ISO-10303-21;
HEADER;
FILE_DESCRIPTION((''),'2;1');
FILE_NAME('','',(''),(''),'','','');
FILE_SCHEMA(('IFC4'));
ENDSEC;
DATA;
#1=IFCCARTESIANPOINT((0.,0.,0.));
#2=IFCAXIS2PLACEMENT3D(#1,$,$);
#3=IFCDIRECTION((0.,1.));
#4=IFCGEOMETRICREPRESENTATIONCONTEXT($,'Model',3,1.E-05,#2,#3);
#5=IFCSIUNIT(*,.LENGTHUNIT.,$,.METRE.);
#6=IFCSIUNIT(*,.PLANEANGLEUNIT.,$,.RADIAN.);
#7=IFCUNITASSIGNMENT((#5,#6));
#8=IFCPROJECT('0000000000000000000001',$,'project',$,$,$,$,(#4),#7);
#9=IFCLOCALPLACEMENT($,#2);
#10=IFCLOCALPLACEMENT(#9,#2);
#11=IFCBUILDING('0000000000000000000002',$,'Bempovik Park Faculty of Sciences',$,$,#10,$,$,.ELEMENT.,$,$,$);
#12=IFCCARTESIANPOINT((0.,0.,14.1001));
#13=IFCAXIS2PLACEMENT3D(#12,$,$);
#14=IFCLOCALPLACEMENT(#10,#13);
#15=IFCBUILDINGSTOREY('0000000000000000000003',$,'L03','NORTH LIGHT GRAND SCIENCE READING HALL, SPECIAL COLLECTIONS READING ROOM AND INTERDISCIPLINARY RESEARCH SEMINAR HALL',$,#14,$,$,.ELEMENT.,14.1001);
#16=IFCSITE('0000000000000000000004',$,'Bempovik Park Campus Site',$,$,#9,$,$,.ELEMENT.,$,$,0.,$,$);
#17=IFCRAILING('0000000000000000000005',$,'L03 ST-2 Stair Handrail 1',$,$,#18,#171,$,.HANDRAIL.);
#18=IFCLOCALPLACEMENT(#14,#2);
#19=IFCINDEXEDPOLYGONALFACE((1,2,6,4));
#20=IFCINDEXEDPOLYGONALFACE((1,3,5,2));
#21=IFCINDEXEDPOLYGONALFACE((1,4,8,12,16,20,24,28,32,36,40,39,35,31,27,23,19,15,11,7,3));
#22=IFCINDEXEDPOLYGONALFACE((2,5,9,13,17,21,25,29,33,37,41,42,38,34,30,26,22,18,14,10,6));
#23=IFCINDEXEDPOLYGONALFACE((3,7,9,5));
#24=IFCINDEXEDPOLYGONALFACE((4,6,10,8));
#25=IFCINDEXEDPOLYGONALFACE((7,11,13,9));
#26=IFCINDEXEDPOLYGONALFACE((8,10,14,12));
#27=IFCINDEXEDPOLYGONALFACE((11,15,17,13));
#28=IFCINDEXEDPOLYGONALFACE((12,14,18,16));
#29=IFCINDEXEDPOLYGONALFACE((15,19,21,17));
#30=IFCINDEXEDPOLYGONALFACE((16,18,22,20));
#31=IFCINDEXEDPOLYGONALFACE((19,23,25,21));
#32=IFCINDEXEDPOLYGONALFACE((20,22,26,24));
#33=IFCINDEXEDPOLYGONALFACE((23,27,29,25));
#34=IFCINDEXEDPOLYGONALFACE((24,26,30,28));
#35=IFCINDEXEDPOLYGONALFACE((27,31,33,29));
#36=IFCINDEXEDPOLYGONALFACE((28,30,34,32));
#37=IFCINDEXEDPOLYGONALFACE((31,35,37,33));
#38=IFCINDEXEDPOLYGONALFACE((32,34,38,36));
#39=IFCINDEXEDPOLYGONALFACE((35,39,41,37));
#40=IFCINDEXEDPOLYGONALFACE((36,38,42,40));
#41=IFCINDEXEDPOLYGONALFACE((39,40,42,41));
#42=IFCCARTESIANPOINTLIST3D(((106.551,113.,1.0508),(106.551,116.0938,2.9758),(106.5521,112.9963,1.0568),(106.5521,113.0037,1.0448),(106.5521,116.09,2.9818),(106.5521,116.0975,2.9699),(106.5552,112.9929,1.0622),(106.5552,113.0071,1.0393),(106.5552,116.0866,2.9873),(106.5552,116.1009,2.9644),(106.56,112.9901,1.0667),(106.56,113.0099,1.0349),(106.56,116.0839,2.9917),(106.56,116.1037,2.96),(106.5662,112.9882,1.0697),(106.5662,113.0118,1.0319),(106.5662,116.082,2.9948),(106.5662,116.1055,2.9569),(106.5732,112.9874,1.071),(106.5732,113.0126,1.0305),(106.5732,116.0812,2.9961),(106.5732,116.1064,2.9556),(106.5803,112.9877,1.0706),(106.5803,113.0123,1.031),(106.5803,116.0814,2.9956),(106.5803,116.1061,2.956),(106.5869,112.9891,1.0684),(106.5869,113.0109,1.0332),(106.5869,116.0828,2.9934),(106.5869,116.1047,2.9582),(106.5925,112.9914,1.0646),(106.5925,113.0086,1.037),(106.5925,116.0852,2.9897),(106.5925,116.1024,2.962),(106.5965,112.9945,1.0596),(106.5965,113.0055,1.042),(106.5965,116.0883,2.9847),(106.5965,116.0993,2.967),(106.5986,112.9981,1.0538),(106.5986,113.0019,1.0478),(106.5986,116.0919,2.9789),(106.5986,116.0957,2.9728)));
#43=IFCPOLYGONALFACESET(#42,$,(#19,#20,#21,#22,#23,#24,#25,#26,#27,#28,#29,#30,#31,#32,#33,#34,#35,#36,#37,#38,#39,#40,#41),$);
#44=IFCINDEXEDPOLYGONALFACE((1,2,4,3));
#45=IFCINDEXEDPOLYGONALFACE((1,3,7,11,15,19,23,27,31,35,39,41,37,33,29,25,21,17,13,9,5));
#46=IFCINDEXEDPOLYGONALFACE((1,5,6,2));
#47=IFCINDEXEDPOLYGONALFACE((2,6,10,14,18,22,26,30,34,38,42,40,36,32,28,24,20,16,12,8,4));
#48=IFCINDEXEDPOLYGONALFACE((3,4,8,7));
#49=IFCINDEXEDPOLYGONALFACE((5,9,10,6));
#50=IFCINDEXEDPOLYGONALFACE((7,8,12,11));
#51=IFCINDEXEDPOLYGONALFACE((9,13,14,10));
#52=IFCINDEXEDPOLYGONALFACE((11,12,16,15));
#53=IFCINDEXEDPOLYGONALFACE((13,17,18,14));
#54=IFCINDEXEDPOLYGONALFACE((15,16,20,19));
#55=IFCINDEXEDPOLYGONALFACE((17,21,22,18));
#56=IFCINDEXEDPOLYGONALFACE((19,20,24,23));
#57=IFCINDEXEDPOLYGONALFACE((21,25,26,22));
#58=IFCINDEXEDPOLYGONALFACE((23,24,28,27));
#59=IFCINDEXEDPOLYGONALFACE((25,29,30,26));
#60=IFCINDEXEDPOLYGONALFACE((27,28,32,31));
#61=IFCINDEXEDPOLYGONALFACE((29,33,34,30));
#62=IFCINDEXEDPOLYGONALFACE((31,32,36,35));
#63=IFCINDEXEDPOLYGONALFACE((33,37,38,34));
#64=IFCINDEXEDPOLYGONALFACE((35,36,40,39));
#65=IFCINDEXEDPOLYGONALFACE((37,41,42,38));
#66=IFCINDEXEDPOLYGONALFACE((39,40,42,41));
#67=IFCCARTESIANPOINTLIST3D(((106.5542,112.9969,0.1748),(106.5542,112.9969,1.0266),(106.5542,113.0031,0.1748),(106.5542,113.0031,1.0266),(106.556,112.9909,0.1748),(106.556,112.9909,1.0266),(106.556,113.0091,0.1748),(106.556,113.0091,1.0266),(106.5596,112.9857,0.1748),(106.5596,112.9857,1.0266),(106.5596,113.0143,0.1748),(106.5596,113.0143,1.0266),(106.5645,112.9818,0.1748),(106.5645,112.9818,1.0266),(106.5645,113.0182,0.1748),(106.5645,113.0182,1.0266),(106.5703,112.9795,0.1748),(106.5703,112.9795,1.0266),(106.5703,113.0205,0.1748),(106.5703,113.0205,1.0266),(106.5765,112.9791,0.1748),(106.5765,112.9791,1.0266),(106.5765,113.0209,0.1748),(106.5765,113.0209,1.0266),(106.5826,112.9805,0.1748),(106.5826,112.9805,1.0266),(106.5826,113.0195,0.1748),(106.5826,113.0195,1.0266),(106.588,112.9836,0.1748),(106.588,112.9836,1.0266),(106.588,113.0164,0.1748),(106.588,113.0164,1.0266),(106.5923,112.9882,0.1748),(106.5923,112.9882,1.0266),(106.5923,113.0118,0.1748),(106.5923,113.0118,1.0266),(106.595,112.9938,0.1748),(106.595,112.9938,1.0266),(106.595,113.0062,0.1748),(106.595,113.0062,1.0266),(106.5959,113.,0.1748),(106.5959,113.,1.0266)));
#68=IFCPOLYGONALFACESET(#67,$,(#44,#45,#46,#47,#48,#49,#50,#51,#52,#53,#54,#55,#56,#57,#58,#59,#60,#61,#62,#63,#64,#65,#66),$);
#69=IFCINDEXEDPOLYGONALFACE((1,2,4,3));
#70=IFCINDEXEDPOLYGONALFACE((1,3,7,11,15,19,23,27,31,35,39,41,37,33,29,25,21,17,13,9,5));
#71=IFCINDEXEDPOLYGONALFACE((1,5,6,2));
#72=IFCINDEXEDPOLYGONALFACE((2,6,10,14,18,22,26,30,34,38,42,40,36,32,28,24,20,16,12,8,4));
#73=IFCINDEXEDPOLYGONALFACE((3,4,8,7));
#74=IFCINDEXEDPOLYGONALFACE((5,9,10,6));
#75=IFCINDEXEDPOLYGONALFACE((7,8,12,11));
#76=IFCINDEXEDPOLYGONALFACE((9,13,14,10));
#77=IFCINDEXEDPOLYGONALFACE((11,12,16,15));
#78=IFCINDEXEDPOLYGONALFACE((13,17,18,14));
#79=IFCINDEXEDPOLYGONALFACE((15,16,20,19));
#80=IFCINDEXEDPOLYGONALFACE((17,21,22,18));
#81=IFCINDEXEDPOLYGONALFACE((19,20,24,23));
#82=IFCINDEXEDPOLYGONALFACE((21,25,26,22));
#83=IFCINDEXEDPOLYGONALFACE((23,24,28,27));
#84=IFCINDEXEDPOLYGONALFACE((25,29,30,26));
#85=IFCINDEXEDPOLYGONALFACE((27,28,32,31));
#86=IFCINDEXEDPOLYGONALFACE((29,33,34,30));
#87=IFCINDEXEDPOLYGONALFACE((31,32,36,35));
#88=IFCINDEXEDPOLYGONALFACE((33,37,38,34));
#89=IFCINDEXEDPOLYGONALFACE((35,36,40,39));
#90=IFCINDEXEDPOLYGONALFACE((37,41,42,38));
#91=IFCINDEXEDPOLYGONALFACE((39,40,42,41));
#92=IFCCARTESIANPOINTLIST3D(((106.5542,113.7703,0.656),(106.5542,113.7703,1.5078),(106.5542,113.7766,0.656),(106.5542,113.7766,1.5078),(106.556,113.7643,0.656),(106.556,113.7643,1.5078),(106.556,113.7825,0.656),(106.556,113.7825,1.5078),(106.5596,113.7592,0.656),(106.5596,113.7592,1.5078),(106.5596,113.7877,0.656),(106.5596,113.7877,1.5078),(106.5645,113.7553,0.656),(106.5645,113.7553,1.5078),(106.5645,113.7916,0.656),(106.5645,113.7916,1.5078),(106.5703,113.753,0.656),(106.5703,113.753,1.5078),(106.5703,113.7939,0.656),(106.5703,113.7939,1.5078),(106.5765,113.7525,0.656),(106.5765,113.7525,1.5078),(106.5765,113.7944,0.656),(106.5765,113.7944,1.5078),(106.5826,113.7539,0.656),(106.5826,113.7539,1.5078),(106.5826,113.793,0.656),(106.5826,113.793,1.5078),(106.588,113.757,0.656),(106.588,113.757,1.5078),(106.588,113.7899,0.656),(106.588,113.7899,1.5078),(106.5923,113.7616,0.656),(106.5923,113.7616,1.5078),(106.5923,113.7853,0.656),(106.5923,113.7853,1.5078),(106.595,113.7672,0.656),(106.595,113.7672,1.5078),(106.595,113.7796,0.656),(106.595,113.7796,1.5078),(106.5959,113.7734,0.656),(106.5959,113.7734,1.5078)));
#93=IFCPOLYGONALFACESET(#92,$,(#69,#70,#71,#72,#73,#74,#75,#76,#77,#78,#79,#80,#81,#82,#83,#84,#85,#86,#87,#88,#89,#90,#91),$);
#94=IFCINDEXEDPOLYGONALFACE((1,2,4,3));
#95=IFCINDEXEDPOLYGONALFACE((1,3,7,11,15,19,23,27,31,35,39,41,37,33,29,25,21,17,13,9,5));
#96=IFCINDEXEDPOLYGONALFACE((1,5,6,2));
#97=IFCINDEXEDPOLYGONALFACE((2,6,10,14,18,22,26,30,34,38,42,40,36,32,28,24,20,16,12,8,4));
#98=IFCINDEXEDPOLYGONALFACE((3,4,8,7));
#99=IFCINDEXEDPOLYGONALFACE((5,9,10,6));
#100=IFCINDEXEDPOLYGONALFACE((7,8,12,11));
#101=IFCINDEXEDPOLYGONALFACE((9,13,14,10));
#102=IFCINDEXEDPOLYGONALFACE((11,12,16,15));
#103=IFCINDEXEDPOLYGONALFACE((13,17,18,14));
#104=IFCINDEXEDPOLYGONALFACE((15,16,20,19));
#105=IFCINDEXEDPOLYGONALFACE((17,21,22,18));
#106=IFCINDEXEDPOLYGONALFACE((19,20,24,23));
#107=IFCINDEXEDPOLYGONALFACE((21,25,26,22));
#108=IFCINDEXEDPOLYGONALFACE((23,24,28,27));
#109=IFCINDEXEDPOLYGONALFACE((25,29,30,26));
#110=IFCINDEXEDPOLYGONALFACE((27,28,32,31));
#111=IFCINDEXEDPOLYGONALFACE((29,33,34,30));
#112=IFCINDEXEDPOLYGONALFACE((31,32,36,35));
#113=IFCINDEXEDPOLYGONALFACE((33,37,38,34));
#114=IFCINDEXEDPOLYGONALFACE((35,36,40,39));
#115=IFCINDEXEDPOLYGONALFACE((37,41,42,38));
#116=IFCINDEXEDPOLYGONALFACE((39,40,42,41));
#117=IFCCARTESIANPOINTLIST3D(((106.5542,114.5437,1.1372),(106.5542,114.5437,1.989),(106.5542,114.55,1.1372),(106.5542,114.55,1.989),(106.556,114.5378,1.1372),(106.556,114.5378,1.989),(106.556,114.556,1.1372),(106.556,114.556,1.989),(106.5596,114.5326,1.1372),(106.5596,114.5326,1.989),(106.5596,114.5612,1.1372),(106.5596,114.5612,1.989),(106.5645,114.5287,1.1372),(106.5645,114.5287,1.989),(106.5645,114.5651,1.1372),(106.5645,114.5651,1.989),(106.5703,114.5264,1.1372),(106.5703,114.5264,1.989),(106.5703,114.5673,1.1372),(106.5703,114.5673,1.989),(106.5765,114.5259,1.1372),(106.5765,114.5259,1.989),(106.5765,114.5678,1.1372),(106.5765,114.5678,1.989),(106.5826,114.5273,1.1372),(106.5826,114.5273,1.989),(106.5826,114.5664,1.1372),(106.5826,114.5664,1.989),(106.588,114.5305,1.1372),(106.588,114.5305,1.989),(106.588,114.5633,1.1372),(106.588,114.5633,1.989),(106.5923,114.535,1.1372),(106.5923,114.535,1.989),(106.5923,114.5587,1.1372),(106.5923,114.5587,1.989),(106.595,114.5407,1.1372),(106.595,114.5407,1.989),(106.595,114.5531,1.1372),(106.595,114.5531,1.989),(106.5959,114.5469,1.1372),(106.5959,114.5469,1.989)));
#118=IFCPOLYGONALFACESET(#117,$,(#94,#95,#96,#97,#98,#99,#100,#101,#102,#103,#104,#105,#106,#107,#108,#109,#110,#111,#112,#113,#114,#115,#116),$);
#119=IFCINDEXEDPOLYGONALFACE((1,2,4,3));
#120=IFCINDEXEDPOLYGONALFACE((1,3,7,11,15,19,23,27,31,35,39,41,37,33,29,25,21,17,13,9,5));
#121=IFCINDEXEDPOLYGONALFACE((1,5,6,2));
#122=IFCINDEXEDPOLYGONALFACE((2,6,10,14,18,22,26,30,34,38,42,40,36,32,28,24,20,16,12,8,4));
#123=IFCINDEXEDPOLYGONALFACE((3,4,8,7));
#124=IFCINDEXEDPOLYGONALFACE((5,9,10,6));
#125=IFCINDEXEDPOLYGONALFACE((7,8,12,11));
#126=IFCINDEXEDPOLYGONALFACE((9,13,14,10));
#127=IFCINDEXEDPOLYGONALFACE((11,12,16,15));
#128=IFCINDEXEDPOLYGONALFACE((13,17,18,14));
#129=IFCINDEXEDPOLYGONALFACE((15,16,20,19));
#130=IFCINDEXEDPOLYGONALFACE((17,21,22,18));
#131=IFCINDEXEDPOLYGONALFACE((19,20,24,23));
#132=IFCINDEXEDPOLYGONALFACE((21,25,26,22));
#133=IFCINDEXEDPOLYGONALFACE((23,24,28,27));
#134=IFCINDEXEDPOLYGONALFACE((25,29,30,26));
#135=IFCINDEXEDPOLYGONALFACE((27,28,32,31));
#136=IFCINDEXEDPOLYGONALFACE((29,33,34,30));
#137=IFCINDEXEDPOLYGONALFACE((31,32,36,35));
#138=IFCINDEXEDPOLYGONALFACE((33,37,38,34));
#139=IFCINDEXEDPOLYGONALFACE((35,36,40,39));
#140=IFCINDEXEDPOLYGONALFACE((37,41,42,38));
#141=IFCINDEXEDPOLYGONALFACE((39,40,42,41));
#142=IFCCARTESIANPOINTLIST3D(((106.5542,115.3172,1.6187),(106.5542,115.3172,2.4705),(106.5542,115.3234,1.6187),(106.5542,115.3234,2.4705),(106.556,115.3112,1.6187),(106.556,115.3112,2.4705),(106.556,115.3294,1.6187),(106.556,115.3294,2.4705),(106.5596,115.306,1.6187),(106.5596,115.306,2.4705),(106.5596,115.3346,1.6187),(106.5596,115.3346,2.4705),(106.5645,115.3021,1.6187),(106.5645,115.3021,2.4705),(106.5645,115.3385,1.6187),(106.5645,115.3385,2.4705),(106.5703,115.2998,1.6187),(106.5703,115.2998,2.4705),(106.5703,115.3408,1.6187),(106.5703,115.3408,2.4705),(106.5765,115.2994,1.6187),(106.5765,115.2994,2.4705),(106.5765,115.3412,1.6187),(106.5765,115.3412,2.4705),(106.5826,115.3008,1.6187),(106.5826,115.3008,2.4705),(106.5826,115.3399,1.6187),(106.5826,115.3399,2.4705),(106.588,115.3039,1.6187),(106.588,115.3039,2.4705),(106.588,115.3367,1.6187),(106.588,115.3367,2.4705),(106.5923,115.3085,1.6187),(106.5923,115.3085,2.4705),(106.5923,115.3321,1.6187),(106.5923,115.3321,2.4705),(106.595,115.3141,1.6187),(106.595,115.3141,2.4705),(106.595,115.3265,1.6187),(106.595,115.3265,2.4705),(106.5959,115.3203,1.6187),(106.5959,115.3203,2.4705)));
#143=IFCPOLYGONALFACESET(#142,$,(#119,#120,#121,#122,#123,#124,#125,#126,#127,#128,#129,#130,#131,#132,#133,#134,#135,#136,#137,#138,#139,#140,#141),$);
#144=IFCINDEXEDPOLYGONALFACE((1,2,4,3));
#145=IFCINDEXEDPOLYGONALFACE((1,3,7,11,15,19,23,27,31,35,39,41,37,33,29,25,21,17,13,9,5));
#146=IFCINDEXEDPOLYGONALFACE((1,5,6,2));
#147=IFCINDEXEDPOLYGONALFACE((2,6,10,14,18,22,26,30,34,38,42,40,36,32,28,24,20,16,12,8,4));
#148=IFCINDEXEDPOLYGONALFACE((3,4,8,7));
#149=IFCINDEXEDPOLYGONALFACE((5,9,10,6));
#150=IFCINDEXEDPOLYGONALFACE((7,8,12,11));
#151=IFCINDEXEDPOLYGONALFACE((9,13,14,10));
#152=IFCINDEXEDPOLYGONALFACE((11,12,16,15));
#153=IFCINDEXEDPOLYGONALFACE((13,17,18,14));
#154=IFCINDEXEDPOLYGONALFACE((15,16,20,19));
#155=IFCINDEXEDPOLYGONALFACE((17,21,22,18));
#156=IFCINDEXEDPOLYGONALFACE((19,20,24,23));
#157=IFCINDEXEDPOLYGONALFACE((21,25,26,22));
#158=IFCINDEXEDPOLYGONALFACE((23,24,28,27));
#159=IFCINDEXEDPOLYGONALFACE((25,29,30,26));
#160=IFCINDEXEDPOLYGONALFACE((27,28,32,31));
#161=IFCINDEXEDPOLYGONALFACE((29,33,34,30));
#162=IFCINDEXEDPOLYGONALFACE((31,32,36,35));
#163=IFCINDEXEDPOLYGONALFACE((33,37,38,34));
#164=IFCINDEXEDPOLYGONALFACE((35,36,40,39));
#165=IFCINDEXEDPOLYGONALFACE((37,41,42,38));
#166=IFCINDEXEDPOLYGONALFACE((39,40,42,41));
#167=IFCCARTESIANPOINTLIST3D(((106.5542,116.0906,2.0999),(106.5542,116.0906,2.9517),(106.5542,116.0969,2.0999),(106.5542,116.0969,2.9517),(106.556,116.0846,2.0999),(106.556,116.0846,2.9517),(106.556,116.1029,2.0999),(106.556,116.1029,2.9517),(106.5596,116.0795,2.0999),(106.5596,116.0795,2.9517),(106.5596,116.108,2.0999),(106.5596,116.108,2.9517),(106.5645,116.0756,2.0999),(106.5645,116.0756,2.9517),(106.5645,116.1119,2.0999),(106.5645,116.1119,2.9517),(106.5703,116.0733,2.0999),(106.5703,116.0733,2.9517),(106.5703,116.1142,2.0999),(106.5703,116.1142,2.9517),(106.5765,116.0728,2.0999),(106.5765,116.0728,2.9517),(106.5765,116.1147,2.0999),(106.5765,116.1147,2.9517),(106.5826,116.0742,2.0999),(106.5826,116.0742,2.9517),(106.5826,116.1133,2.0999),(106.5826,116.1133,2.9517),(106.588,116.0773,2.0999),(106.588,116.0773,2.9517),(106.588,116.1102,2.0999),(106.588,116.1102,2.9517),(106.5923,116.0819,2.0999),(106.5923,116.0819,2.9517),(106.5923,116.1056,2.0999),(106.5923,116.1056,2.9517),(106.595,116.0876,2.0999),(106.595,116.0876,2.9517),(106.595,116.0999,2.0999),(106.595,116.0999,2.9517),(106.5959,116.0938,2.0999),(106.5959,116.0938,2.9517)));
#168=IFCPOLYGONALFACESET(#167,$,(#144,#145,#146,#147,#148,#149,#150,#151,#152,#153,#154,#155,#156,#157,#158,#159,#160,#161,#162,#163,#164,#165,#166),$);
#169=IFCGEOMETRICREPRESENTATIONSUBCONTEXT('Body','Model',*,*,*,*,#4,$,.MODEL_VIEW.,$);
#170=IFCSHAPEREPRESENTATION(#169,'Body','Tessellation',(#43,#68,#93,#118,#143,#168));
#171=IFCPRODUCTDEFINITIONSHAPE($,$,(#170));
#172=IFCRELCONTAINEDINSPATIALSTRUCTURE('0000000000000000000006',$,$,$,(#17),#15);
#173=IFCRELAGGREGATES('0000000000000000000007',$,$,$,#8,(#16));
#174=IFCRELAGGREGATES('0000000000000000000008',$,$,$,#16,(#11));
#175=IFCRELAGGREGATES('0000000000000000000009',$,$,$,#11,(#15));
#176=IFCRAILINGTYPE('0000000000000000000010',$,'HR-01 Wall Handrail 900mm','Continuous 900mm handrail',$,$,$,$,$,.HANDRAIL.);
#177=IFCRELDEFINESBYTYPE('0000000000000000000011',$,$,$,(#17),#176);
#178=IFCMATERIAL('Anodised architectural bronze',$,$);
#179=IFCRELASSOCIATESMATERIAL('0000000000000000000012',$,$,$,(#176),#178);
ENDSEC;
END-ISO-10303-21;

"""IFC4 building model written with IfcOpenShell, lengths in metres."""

from ifc_helpers import new_model, si_unit, direction, frame, origin, origin_2d, place, context, subcontext, project, spatial, circle, extrude, material, type_object, element, save


model = new_model("IFC4")

# Units and contexts
model_context = context("Model", 3, precision=1e-05, world=origin(), true_north=direction((0.0, 1.0)))
body_context = subcontext(model_context, "Body", "Model", "MODEL_VIEW")
ifc_project = project(units=[si_unit("LENGTHUNIT", "METRE"), si_unit("PLANEANGLEUNIT", "RADIAN")], contexts=[model_context])

# Site, building, storey
site_placement = place(None, origin())
site = spatial("IfcSite", under=ifc_project, at=site_placement, Name="Bempovik Park Campus Site", CompositionType="ELEMENT", RefElevation=0.0)
building_placement = place(site_placement, origin())
building = spatial("IfcBuilding", under=site, at=building_placement, Name="Bempovik Park Faculty of Sciences", CompositionType="ELEMENT")
storey_placement = place(building_placement, frame((0.0, 0.0, 14.1001)))
storey = spatial("IfcBuildingStorey", under=building, at=storey_placement, Name="L03", Description="NORTH LIGHT GRAND SCIENCE READING HALL, SPECIAL COLLECTIONS READING ROOM AND INTERDISCIPLINARY RESEARCH SEMINAR HALL", CompositionType="ELEMENT", Elevation=14.1001)

# Shared definitions
ifc_material_1 = material(Name="Anodised architectural bronze")

# Railing
railing_type_1 = type_object("IfcRailingType", Name="HR-01 Wall Handrail 900mm", Description="Continuous 900mm handrail", PredefinedType="HANDRAIL", material=ifc_material_1)
railing_1_placement = place(storey_placement, frame((106.575, 113.0, 0.1748)))
element("IfcRailing", 1, at=railing_1_placement, inside=storey, type_object=railing_type_1, Name="L03 ST-2 Stair Handrail 1", PredefinedType="HANDRAIL", context=body_context, shape_type="SweptSolid", body=[
    extrude(circle(Radius=0.0239, at=origin_2d()), frame((0.0, 0.0, 0.876), z_axis=(0.0, 0.849051, 0.528312), x_axis=(-1.0, 0.0, 0.0)), (0.0, 0.0, 1.0), 3.6438),
    extrude(circle(Radius=0.021, at=origin_2d()), origin(), (0.0, 0.0, 1.0), 0.8518),
    extrude(circle(Radius=0.021, at=origin_2d()), frame((0.0, 0.7734, 0.4812)), (0.0, 0.0, 1.0), 0.8518),
    extrude(circle(Radius=0.021, at=origin_2d()), frame((0.0, 1.5469, 0.9624)), (0.0, 0.0, 1.0), 0.8518),
    extrude(circle(Radius=0.021, at=origin_2d()), frame((0.0, 2.3203, 1.4438)), (0.0, 0.0, 1.0), 0.8518),
    extrude(circle(Radius=0.021, at=origin_2d()), frame((0.0, 3.0938, 1.925)), (0.0, 0.0, 1.0), 0.8518),
])

save(model, "model.ifc")
